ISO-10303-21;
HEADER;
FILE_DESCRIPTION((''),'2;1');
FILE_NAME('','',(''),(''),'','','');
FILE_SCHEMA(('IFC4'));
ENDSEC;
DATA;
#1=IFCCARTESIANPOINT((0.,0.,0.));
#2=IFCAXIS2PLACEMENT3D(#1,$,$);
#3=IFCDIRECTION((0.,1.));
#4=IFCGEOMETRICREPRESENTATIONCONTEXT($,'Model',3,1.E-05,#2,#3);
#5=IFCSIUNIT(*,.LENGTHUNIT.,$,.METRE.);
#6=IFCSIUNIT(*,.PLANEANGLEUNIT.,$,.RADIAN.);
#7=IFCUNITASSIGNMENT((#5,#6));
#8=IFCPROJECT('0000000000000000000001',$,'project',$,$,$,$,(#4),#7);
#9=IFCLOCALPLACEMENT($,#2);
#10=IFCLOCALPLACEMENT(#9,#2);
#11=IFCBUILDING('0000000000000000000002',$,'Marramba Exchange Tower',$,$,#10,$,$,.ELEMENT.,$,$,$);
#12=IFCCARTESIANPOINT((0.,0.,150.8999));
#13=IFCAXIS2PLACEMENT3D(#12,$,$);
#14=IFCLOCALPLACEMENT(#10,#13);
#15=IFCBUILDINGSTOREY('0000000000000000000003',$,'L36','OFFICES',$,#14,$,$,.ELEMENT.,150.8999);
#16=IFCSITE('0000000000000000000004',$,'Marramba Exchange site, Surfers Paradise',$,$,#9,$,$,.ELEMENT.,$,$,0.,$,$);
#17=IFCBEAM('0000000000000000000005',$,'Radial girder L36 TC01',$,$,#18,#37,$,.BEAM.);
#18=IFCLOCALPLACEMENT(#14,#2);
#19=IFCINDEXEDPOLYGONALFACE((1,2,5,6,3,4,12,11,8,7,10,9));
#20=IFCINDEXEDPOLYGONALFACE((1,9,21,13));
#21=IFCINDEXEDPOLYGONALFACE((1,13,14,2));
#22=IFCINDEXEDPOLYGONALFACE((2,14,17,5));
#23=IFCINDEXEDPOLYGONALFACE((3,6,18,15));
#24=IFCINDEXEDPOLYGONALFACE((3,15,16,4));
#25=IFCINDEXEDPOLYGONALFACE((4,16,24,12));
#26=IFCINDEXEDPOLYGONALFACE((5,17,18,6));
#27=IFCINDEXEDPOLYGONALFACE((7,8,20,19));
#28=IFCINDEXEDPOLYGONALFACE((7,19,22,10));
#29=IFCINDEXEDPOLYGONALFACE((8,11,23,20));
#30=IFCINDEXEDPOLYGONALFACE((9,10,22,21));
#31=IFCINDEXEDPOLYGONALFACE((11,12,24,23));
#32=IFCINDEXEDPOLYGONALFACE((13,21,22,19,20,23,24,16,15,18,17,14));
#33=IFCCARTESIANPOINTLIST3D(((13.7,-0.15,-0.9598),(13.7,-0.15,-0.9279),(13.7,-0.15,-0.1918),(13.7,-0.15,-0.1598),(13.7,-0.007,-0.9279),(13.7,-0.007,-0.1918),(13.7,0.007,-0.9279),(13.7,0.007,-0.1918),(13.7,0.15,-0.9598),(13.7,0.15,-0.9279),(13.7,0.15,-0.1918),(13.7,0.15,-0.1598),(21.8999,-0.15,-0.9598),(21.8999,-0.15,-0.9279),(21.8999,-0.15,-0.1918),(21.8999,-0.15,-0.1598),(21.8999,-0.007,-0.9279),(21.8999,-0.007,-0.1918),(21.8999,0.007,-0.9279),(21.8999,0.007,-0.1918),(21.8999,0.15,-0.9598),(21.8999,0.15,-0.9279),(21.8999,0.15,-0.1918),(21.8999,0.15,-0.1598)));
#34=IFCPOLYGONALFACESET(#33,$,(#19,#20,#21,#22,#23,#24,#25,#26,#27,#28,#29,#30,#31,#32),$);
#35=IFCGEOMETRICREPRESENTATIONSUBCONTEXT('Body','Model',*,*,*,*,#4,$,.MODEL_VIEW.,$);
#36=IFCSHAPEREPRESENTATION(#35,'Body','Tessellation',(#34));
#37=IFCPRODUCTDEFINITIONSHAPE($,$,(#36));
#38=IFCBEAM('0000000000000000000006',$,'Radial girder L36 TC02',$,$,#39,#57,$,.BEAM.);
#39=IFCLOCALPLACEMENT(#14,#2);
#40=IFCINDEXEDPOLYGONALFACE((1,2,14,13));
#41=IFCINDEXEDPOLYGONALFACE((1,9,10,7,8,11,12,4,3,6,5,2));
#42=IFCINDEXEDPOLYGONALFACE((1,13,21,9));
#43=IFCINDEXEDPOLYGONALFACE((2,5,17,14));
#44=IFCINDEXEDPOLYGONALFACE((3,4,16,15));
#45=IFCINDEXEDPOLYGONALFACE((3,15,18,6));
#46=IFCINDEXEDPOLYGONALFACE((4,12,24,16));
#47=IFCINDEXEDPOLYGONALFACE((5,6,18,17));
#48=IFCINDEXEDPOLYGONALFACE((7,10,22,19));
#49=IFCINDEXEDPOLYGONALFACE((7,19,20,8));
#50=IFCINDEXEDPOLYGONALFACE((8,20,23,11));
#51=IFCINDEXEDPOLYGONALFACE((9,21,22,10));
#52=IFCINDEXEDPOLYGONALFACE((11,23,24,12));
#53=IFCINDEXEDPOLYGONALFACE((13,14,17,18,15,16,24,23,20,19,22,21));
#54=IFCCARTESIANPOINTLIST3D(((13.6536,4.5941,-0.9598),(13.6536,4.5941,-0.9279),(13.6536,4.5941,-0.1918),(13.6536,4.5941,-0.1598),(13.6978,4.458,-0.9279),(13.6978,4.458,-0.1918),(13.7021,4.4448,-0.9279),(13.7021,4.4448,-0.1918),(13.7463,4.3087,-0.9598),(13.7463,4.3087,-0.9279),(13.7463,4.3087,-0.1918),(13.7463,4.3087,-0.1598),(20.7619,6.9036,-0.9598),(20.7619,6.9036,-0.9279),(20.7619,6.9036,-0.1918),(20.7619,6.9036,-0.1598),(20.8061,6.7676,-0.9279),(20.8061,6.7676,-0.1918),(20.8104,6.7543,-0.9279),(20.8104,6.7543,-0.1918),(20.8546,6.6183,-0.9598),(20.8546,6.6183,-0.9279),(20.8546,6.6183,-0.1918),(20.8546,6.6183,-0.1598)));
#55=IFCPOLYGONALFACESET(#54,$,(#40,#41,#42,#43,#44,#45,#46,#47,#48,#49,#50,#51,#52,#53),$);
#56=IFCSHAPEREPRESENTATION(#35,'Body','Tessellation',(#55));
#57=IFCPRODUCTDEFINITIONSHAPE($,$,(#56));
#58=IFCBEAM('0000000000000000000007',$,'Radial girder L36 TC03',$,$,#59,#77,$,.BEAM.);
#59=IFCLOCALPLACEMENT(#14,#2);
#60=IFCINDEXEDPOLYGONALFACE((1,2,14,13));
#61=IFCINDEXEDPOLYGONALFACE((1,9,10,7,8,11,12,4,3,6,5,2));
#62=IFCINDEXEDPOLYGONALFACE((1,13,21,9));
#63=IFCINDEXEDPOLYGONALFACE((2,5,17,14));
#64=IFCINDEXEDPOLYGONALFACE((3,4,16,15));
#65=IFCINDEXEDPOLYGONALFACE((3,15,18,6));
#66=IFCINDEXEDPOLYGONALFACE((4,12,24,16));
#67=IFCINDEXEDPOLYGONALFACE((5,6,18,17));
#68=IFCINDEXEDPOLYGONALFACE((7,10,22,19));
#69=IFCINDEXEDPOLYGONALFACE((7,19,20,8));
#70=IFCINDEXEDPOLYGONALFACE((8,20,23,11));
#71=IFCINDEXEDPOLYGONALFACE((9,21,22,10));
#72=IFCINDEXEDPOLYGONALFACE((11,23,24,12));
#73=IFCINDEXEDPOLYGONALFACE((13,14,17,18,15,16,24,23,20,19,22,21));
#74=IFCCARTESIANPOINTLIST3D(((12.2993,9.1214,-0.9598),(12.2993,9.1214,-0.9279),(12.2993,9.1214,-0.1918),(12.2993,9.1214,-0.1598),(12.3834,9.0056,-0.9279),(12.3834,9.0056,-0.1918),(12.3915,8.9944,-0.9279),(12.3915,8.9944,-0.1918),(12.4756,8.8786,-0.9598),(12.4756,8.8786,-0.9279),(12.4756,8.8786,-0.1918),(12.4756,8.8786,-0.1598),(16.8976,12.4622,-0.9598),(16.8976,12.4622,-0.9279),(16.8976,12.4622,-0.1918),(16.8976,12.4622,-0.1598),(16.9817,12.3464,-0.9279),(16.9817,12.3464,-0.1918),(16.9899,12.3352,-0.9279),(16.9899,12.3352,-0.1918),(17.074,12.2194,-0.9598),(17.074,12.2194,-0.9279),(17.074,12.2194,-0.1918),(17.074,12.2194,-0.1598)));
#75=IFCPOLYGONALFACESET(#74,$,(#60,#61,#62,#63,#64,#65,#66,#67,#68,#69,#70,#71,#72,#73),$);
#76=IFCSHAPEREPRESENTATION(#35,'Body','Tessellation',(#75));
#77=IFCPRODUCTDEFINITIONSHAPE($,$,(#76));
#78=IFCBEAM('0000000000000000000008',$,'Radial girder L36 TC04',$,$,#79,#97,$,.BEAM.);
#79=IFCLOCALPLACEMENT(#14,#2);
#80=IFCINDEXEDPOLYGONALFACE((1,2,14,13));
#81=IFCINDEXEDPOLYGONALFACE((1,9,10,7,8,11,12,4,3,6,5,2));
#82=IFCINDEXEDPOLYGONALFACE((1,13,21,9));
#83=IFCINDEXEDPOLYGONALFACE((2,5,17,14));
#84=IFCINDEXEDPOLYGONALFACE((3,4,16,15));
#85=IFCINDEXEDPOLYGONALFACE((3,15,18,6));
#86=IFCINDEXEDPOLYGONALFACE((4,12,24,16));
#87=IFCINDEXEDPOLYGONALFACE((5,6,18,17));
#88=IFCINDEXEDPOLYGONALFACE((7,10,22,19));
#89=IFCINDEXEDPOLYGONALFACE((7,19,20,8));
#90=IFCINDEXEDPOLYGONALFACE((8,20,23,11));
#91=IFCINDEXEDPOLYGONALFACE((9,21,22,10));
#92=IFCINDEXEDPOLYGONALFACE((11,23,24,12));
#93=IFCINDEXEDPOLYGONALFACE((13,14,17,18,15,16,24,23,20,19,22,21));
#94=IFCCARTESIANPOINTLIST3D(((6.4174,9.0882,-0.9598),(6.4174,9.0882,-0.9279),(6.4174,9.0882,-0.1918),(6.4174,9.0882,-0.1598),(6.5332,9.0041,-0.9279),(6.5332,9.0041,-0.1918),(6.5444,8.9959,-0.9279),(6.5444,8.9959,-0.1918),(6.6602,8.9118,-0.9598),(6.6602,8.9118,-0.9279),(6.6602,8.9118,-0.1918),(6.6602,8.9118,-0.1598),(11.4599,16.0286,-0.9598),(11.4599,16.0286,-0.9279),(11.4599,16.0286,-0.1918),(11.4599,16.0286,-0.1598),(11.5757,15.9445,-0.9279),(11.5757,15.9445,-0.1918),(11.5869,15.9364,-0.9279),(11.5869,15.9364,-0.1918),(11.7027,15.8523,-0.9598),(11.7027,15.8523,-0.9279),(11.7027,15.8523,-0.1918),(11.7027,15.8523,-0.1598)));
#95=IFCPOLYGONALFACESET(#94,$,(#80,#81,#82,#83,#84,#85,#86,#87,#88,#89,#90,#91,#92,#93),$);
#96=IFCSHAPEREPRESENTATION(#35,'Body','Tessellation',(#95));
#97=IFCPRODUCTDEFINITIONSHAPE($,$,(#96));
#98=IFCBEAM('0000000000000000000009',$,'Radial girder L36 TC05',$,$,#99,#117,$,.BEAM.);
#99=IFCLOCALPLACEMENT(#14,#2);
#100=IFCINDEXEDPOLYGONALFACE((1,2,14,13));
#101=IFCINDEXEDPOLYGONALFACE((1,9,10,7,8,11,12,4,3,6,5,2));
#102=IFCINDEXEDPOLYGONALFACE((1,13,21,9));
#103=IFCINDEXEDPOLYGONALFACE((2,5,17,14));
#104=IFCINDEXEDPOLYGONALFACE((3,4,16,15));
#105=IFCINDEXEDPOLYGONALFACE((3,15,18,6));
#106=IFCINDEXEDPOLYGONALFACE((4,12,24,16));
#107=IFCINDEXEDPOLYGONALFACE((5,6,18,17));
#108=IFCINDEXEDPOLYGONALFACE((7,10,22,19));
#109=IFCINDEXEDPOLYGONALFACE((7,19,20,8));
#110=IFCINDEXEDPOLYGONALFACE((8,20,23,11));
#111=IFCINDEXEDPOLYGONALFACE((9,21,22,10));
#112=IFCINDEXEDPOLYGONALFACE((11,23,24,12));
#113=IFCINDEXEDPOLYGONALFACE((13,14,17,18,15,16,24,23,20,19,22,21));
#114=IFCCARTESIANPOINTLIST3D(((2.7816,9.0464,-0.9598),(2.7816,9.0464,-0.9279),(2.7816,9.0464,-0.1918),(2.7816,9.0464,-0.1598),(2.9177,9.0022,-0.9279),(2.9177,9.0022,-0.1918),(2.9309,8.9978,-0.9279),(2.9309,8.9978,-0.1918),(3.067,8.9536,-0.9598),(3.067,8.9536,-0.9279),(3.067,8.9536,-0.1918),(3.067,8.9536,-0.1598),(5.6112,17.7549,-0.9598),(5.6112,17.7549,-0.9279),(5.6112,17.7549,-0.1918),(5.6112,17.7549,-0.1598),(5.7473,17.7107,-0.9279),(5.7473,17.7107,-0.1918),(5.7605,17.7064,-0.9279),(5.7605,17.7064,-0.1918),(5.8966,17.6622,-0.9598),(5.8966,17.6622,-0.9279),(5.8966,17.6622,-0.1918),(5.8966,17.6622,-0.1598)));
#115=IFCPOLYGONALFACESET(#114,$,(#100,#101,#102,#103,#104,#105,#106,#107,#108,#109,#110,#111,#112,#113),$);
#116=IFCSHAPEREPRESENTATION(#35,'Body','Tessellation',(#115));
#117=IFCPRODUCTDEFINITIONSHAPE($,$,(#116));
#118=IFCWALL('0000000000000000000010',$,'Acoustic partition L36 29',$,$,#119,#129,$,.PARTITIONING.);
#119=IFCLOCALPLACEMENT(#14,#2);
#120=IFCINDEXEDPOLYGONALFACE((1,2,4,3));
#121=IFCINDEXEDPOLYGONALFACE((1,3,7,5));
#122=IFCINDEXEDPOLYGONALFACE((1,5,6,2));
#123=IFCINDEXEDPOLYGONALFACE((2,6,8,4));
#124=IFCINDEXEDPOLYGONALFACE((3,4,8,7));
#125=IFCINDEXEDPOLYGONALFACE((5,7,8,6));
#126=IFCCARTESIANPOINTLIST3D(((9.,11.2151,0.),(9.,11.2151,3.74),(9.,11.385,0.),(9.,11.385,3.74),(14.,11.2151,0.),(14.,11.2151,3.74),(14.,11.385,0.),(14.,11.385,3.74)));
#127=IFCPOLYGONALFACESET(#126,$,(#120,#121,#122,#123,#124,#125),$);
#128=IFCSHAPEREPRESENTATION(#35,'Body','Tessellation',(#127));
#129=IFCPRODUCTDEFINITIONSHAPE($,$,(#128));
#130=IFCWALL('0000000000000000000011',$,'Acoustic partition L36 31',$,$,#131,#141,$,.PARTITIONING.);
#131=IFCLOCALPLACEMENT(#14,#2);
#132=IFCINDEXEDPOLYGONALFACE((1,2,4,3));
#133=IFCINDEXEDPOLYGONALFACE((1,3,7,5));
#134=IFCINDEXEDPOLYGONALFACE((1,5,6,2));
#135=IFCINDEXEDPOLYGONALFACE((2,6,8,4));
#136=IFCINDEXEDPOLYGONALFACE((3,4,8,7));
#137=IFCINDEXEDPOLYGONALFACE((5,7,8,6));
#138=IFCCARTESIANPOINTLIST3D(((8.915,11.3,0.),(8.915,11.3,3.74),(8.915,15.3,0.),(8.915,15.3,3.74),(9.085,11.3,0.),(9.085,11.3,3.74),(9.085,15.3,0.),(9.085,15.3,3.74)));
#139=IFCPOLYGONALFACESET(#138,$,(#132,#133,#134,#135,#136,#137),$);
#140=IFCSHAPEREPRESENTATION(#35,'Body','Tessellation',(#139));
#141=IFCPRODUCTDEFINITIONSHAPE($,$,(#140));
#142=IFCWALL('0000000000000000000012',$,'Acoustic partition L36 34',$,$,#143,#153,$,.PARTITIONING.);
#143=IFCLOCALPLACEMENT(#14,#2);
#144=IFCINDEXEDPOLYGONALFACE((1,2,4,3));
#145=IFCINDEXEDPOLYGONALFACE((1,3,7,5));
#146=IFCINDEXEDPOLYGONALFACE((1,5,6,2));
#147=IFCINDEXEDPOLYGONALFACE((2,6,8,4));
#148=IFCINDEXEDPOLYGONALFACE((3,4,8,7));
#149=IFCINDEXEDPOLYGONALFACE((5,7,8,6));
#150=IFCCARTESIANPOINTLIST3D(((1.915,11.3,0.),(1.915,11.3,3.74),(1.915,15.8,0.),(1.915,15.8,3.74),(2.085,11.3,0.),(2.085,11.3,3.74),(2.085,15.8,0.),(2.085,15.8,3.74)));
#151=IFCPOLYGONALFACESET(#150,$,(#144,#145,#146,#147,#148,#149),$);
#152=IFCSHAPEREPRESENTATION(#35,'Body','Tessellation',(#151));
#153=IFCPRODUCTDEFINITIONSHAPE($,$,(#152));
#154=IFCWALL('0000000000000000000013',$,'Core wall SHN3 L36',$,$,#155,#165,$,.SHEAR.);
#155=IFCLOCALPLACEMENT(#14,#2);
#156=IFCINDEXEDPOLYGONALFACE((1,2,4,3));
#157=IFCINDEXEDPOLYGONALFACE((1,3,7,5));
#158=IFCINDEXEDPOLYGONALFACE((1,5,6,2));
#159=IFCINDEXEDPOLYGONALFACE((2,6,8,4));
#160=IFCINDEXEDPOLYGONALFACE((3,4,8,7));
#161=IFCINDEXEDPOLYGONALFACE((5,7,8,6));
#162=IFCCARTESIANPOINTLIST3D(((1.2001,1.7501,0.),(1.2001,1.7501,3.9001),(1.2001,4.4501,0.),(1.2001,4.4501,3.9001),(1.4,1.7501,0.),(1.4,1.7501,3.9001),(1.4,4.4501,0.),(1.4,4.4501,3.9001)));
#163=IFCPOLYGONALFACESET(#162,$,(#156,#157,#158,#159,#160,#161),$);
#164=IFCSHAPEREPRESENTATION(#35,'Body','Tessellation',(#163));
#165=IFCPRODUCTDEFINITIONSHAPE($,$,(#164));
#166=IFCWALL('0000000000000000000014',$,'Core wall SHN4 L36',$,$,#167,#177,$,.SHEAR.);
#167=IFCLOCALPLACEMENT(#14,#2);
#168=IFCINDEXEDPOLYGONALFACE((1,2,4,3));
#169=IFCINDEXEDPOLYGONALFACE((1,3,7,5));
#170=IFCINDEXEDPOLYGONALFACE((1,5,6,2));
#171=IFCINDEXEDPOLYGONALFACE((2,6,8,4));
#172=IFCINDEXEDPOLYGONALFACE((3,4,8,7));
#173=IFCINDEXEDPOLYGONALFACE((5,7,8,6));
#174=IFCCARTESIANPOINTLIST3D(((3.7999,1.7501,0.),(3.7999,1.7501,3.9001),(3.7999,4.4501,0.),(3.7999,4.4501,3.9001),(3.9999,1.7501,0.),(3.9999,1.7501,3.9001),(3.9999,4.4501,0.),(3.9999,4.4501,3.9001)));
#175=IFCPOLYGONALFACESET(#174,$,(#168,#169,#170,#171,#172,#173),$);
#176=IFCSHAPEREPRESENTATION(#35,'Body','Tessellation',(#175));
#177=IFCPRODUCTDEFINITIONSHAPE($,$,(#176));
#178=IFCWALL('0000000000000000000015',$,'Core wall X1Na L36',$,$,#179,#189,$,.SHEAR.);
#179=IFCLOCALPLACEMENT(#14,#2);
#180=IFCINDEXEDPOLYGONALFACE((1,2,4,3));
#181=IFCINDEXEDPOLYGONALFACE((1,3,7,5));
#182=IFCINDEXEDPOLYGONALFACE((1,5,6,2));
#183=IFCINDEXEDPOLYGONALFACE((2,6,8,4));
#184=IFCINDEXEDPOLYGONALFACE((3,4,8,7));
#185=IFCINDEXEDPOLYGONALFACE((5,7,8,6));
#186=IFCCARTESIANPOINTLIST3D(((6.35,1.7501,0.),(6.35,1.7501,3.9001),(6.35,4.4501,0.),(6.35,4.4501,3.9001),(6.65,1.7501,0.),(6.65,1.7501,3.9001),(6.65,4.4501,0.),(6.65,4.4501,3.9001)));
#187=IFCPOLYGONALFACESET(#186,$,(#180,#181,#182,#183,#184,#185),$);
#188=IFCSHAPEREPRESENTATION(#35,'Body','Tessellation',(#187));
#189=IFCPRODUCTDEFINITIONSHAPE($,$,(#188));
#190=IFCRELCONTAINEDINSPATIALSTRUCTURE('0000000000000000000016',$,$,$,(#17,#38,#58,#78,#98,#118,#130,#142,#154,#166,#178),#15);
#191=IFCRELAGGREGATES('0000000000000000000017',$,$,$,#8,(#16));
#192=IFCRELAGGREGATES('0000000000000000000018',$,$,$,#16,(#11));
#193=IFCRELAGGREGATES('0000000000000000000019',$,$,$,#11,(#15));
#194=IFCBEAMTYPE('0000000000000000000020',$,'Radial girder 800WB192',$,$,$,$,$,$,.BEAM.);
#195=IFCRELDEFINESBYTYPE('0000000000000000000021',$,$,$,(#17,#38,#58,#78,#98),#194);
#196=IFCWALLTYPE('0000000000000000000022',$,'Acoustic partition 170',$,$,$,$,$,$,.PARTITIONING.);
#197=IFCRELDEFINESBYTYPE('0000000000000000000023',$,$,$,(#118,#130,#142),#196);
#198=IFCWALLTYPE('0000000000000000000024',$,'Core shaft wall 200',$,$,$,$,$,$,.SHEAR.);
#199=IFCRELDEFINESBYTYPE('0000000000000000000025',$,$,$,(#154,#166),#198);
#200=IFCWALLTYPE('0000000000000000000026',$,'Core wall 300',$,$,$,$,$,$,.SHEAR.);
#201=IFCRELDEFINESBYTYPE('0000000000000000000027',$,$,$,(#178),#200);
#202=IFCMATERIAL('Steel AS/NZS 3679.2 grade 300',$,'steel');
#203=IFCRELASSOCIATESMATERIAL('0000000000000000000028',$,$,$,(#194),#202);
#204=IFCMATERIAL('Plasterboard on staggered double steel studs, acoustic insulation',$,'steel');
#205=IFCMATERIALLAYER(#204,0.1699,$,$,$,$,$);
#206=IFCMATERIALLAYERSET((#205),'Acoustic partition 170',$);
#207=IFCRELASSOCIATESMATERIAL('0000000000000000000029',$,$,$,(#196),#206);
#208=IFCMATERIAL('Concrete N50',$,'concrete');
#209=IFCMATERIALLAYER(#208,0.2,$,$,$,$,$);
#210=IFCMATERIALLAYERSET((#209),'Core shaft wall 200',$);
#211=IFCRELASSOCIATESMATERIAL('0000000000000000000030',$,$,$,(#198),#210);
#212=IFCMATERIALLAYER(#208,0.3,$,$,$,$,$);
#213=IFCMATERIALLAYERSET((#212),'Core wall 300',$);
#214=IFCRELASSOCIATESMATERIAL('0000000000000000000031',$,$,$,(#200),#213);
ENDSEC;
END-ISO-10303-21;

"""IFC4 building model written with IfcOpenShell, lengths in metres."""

from ifc_helpers import new_model, si_unit, direction, frame, frame_2d, origin, origin_2d, place, context, subcontext, project, spatial, rectangle, i_section, extrude, material, layer, layer_set, material_profile, profile_set, type_object, element, save


model = new_model("IFC4")

# Units and contexts
model_context = context("Model", 3, precision=1e-05, world=origin(), true_north=direction((0.0, 1.0)))
body_context = subcontext(model_context, "Body", "Model", "MODEL_VIEW")
ifc_project = project(units=[si_unit("LENGTHUNIT", "METRE"), si_unit("PLANEANGLEUNIT", "RADIAN")], contexts=[model_context])

# Site, building, storey
site_placement = place(None, origin())
site = spatial("IfcSite", under=ifc_project, at=site_placement, Name="Marramba Exchange site, Surfers Paradise", CompositionType="ELEMENT", RefElevation=0.0)
building_placement = place(site_placement, origin())
building = spatial("IfcBuilding", under=site, at=building_placement, Name="Marramba Exchange Tower", CompositionType="ELEMENT")
storey_placement = place(building_placement, frame((0.0, 0.0, 150.8999)))
storey = spatial("IfcBuildingStorey", under=building, at=storey_placement, Name="L36", Description="OFFICES", CompositionType="ELEMENT", Elevation=150.8999)

# Beams
ifc_material_1 = material(Name="Steel AS/NZS 3679.2 grade 300", Category="steel")
ifc_material_profile_1 = material_profile(ifc_material_1, i_section(OverallWidth=0.3, OverallDepth=0.8, WebThickness=0.0139, FlangeThickness=0.032, at=origin_2d()), Name="800WB192")
ifc_profile_set_1 = profile_set([ifc_material_profile_1], Name="Steel AS/NZS 3679.2 grade 300")
beam_type_1 = type_object("IfcBeamType", Name="Radial girder 800WB192", PredefinedType="BEAM", material=ifc_profile_set_1)
beam_1_placement = place(storey_placement, frame((13.7, 0.0, -0.5598), z_axis=(1.0, 0.0, 0.0), x_axis=(0.0, 1.0, 0.0)))
element("IfcBeam", 1, at=beam_1_placement, inside=storey, type_object=beam_type_1, Name="Radial girder L36 TC01", PredefinedType="BEAM", context=body_context, shape_type="SweptSolid", body=[
    extrude(i_section(OverallWidth=0.3, OverallDepth=0.8, WebThickness=0.0139, FlangeThickness=0.032, at=origin_2d()), origin(), (0.0, 0.0, 1.0), 8.2),
])
beam_2_placement = place(storey_placement, frame((13.7, 4.4514, -0.5598), z_axis=(0.95106, 0.309006, 0.0), x_axis=(-0.309006, 0.95106, 0.0)))
element("IfcBeam", 2, at=beam_2_placement, inside=storey, type_object=beam_type_1, Name="Radial girder L36 TC02", PredefinedType="BEAM", context=body_context, shape_type="SweptSolid", body=[
    extrude(i_section(OverallWidth=0.3, OverallDepth=0.8, WebThickness=0.0139, FlangeThickness=0.032, at=origin_2d()), origin(), (0.0, 0.0, 1.0), 7.4741),
])
beam_3_placement = place(storey_placement, frame((12.3875, 9.0, -0.5598), z_axis=(0.809026, 0.587773, 0.0), x_axis=(-0.587773, 0.809026, 0.0)))
element("IfcBeam", 3, at=beam_3_placement, inside=storey, type_object=beam_type_1, Name="Radial girder L36 TC03", PredefinedType="BEAM", context=body_context, shape_type="SweptSolid", body=[
    extrude(i_section(OverallWidth=0.3, OverallDepth=0.8, WebThickness=0.0139, FlangeThickness=0.032, at=origin_2d()), origin(), (0.0, 0.0, 1.0), 5.6838),
])
beam_4_placement = place(storey_placement, frame((6.5388, 9.0, -0.5598), z_axis=(0.587782, 0.809019, 0.0), x_axis=(-0.809019, 0.587782, 0.0)))
element("IfcBeam", 4, at=beam_4_placement, inside=storey, type_object=beam_type_1, Name="Radial girder L36 TC04", PredefinedType="BEAM", context=body_context, shape_type="SweptSolid", body=[
    extrude(i_section(OverallWidth=0.3, OverallDepth=0.8, WebThickness=0.0139, FlangeThickness=0.032, at=origin_2d()), origin(), (0.0, 0.0, 1.0), 8.5789),
])
beam_5_placement = place(storey_placement, frame((2.9243, 9.0, -0.5598), z_axis=(0.30902, 0.951056, 0.0), x_axis=(-0.951056, 0.30902, 0.0)))
element("IfcBeam", 5, at=beam_5_placement, inside=storey, type_object=beam_type_1, Name="Radial girder L36 TC05", PredefinedType="BEAM", context=body_context, shape_type="SweptSolid", body=[
    extrude(i_section(OverallWidth=0.3, OverallDepth=0.8, WebThickness=0.0139, FlangeThickness=0.032, at=origin_2d()), origin(), (0.0, 0.0, 1.0), 9.1567),
])

# Walls
ifc_material_2 = material(Name="Plasterboard on staggered double steel studs, acoustic insulation", Category="steel")
ifc_layer_1 = layer(ifc_material_2, 0.1699)
ifc_layer_set_1 = layer_set([ifc_layer_1], Name="Acoustic partition 170")
wall_type_1 = type_object("IfcWallType", Name="Acoustic partition 170", PredefinedType="PARTITIONING", material=ifc_layer_set_1)
wall_1_placement = place(storey_placement, frame((9.0, 11.3, 0.0), z_axis=(0.0, 0.0, 1.0), x_axis=(1.0, 0.0, 0.0)))
element("IfcWall", 6, at=wall_1_placement, inside=storey, type_object=wall_type_1, Name="Acoustic partition L36 29", PredefinedType="PARTITIONING", context=body_context, shape_type="SweptSolid", body=[
    extrude(rectangle(XDim=5.0, YDim=0.1699, at=frame_2d((2.5, 0.0))), origin(), (0.0, 0.0, 1.0), 3.74),
])
wall_2_placement = place(storey_placement, frame((9.0, 15.3, 0.0), z_axis=(0.0, 0.0, 1.0), x_axis=(0.0, -1.0, 0.0)))
element("IfcWall", 7, at=wall_2_placement, inside=storey, type_object=wall_type_1, Name="Acoustic partition L36 31", PredefinedType="PARTITIONING", context=body_context, shape_type="SweptSolid", body=[
    extrude(rectangle(XDim=4.0, YDim=0.1699, at=frame_2d((2.0, 0.0))), origin(), (0.0, 0.0, 1.0), 3.74),
])
wall_3_placement = place(storey_placement, frame((2.0, 11.3, 0.0), z_axis=(0.0, 0.0, 1.0), x_axis=(0.0, 1.0, 0.0)))
element("IfcWall", 8, at=wall_3_placement, inside=storey, type_object=wall_type_1, Name="Acoustic partition L36 34", PredefinedType="PARTITIONING", context=body_context, shape_type="SweptSolid", body=[
    extrude(rectangle(XDim=4.5, YDim=0.1699, at=frame_2d((2.25, 0.0))), origin(), (0.0, 0.0, 1.0), 3.74),
])
ifc_material_3 = material(Name="Concrete N50", Category="concrete")
ifc_layer_2 = layer(ifc_material_3, 0.2)
ifc_layer_set_2 = layer_set([ifc_layer_2], Name="Core shaft wall 200")
wall_type_2 = type_object("IfcWallType", Name="Core shaft wall 200", PredefinedType="SHEAR", material=ifc_layer_set_2)
for number, where, z_axis, x_axis, name in (
    (9, (1.3, 1.75, 0.0), (0.0, 0.0, 1.0), (0.0, 1.0, 0.0), "Core wall SHN3 L36"),
    (10, (3.8999, 1.75, 0.0), (0.0, 0.0, 1.0), (0.0, 1.0, 0.0), "Core wall SHN4 L36"),
):
    element("IfcWall", number, at=place(storey_placement, frame(where, z_axis=z_axis, x_axis=x_axis)), inside=storey, type_object=wall_type_2, Name=name, PredefinedType="SHEAR", context=body_context, shape_type="SweptSolid", body=[
        extrude(rectangle(XDim=2.7, YDim=0.2, at=frame_2d((1.3501, 0.0))), origin(), (0.0, 0.0, 1.0), 3.9001),
    ])

# Wall
ifc_layer_3 = layer(ifc_material_3, 0.3)
ifc_layer_set_3 = layer_set([ifc_layer_3], Name="Core wall 300")
wall_type_3 = type_object("IfcWallType", Name="Core wall 300", PredefinedType="SHEAR", material=ifc_layer_set_3)
wall_4_placement = place(storey_placement, frame((6.5, 1.75, 0.0), z_axis=(0.0, 0.0, 1.0), x_axis=(0.0, 1.0, 0.0)))
element("IfcWall", 11, at=wall_4_placement, inside=storey, type_object=wall_type_3, Name="Core wall X1Na L36", PredefinedType="SHEAR", context=body_context, shape_type="SweptSolid", body=[
    extrude(rectangle(XDim=2.7, YDim=0.3, at=frame_2d((1.3501, 0.0))), origin(), (0.0, 0.0, 1.0), 3.9001),
])

save(model, "model.ifc")
